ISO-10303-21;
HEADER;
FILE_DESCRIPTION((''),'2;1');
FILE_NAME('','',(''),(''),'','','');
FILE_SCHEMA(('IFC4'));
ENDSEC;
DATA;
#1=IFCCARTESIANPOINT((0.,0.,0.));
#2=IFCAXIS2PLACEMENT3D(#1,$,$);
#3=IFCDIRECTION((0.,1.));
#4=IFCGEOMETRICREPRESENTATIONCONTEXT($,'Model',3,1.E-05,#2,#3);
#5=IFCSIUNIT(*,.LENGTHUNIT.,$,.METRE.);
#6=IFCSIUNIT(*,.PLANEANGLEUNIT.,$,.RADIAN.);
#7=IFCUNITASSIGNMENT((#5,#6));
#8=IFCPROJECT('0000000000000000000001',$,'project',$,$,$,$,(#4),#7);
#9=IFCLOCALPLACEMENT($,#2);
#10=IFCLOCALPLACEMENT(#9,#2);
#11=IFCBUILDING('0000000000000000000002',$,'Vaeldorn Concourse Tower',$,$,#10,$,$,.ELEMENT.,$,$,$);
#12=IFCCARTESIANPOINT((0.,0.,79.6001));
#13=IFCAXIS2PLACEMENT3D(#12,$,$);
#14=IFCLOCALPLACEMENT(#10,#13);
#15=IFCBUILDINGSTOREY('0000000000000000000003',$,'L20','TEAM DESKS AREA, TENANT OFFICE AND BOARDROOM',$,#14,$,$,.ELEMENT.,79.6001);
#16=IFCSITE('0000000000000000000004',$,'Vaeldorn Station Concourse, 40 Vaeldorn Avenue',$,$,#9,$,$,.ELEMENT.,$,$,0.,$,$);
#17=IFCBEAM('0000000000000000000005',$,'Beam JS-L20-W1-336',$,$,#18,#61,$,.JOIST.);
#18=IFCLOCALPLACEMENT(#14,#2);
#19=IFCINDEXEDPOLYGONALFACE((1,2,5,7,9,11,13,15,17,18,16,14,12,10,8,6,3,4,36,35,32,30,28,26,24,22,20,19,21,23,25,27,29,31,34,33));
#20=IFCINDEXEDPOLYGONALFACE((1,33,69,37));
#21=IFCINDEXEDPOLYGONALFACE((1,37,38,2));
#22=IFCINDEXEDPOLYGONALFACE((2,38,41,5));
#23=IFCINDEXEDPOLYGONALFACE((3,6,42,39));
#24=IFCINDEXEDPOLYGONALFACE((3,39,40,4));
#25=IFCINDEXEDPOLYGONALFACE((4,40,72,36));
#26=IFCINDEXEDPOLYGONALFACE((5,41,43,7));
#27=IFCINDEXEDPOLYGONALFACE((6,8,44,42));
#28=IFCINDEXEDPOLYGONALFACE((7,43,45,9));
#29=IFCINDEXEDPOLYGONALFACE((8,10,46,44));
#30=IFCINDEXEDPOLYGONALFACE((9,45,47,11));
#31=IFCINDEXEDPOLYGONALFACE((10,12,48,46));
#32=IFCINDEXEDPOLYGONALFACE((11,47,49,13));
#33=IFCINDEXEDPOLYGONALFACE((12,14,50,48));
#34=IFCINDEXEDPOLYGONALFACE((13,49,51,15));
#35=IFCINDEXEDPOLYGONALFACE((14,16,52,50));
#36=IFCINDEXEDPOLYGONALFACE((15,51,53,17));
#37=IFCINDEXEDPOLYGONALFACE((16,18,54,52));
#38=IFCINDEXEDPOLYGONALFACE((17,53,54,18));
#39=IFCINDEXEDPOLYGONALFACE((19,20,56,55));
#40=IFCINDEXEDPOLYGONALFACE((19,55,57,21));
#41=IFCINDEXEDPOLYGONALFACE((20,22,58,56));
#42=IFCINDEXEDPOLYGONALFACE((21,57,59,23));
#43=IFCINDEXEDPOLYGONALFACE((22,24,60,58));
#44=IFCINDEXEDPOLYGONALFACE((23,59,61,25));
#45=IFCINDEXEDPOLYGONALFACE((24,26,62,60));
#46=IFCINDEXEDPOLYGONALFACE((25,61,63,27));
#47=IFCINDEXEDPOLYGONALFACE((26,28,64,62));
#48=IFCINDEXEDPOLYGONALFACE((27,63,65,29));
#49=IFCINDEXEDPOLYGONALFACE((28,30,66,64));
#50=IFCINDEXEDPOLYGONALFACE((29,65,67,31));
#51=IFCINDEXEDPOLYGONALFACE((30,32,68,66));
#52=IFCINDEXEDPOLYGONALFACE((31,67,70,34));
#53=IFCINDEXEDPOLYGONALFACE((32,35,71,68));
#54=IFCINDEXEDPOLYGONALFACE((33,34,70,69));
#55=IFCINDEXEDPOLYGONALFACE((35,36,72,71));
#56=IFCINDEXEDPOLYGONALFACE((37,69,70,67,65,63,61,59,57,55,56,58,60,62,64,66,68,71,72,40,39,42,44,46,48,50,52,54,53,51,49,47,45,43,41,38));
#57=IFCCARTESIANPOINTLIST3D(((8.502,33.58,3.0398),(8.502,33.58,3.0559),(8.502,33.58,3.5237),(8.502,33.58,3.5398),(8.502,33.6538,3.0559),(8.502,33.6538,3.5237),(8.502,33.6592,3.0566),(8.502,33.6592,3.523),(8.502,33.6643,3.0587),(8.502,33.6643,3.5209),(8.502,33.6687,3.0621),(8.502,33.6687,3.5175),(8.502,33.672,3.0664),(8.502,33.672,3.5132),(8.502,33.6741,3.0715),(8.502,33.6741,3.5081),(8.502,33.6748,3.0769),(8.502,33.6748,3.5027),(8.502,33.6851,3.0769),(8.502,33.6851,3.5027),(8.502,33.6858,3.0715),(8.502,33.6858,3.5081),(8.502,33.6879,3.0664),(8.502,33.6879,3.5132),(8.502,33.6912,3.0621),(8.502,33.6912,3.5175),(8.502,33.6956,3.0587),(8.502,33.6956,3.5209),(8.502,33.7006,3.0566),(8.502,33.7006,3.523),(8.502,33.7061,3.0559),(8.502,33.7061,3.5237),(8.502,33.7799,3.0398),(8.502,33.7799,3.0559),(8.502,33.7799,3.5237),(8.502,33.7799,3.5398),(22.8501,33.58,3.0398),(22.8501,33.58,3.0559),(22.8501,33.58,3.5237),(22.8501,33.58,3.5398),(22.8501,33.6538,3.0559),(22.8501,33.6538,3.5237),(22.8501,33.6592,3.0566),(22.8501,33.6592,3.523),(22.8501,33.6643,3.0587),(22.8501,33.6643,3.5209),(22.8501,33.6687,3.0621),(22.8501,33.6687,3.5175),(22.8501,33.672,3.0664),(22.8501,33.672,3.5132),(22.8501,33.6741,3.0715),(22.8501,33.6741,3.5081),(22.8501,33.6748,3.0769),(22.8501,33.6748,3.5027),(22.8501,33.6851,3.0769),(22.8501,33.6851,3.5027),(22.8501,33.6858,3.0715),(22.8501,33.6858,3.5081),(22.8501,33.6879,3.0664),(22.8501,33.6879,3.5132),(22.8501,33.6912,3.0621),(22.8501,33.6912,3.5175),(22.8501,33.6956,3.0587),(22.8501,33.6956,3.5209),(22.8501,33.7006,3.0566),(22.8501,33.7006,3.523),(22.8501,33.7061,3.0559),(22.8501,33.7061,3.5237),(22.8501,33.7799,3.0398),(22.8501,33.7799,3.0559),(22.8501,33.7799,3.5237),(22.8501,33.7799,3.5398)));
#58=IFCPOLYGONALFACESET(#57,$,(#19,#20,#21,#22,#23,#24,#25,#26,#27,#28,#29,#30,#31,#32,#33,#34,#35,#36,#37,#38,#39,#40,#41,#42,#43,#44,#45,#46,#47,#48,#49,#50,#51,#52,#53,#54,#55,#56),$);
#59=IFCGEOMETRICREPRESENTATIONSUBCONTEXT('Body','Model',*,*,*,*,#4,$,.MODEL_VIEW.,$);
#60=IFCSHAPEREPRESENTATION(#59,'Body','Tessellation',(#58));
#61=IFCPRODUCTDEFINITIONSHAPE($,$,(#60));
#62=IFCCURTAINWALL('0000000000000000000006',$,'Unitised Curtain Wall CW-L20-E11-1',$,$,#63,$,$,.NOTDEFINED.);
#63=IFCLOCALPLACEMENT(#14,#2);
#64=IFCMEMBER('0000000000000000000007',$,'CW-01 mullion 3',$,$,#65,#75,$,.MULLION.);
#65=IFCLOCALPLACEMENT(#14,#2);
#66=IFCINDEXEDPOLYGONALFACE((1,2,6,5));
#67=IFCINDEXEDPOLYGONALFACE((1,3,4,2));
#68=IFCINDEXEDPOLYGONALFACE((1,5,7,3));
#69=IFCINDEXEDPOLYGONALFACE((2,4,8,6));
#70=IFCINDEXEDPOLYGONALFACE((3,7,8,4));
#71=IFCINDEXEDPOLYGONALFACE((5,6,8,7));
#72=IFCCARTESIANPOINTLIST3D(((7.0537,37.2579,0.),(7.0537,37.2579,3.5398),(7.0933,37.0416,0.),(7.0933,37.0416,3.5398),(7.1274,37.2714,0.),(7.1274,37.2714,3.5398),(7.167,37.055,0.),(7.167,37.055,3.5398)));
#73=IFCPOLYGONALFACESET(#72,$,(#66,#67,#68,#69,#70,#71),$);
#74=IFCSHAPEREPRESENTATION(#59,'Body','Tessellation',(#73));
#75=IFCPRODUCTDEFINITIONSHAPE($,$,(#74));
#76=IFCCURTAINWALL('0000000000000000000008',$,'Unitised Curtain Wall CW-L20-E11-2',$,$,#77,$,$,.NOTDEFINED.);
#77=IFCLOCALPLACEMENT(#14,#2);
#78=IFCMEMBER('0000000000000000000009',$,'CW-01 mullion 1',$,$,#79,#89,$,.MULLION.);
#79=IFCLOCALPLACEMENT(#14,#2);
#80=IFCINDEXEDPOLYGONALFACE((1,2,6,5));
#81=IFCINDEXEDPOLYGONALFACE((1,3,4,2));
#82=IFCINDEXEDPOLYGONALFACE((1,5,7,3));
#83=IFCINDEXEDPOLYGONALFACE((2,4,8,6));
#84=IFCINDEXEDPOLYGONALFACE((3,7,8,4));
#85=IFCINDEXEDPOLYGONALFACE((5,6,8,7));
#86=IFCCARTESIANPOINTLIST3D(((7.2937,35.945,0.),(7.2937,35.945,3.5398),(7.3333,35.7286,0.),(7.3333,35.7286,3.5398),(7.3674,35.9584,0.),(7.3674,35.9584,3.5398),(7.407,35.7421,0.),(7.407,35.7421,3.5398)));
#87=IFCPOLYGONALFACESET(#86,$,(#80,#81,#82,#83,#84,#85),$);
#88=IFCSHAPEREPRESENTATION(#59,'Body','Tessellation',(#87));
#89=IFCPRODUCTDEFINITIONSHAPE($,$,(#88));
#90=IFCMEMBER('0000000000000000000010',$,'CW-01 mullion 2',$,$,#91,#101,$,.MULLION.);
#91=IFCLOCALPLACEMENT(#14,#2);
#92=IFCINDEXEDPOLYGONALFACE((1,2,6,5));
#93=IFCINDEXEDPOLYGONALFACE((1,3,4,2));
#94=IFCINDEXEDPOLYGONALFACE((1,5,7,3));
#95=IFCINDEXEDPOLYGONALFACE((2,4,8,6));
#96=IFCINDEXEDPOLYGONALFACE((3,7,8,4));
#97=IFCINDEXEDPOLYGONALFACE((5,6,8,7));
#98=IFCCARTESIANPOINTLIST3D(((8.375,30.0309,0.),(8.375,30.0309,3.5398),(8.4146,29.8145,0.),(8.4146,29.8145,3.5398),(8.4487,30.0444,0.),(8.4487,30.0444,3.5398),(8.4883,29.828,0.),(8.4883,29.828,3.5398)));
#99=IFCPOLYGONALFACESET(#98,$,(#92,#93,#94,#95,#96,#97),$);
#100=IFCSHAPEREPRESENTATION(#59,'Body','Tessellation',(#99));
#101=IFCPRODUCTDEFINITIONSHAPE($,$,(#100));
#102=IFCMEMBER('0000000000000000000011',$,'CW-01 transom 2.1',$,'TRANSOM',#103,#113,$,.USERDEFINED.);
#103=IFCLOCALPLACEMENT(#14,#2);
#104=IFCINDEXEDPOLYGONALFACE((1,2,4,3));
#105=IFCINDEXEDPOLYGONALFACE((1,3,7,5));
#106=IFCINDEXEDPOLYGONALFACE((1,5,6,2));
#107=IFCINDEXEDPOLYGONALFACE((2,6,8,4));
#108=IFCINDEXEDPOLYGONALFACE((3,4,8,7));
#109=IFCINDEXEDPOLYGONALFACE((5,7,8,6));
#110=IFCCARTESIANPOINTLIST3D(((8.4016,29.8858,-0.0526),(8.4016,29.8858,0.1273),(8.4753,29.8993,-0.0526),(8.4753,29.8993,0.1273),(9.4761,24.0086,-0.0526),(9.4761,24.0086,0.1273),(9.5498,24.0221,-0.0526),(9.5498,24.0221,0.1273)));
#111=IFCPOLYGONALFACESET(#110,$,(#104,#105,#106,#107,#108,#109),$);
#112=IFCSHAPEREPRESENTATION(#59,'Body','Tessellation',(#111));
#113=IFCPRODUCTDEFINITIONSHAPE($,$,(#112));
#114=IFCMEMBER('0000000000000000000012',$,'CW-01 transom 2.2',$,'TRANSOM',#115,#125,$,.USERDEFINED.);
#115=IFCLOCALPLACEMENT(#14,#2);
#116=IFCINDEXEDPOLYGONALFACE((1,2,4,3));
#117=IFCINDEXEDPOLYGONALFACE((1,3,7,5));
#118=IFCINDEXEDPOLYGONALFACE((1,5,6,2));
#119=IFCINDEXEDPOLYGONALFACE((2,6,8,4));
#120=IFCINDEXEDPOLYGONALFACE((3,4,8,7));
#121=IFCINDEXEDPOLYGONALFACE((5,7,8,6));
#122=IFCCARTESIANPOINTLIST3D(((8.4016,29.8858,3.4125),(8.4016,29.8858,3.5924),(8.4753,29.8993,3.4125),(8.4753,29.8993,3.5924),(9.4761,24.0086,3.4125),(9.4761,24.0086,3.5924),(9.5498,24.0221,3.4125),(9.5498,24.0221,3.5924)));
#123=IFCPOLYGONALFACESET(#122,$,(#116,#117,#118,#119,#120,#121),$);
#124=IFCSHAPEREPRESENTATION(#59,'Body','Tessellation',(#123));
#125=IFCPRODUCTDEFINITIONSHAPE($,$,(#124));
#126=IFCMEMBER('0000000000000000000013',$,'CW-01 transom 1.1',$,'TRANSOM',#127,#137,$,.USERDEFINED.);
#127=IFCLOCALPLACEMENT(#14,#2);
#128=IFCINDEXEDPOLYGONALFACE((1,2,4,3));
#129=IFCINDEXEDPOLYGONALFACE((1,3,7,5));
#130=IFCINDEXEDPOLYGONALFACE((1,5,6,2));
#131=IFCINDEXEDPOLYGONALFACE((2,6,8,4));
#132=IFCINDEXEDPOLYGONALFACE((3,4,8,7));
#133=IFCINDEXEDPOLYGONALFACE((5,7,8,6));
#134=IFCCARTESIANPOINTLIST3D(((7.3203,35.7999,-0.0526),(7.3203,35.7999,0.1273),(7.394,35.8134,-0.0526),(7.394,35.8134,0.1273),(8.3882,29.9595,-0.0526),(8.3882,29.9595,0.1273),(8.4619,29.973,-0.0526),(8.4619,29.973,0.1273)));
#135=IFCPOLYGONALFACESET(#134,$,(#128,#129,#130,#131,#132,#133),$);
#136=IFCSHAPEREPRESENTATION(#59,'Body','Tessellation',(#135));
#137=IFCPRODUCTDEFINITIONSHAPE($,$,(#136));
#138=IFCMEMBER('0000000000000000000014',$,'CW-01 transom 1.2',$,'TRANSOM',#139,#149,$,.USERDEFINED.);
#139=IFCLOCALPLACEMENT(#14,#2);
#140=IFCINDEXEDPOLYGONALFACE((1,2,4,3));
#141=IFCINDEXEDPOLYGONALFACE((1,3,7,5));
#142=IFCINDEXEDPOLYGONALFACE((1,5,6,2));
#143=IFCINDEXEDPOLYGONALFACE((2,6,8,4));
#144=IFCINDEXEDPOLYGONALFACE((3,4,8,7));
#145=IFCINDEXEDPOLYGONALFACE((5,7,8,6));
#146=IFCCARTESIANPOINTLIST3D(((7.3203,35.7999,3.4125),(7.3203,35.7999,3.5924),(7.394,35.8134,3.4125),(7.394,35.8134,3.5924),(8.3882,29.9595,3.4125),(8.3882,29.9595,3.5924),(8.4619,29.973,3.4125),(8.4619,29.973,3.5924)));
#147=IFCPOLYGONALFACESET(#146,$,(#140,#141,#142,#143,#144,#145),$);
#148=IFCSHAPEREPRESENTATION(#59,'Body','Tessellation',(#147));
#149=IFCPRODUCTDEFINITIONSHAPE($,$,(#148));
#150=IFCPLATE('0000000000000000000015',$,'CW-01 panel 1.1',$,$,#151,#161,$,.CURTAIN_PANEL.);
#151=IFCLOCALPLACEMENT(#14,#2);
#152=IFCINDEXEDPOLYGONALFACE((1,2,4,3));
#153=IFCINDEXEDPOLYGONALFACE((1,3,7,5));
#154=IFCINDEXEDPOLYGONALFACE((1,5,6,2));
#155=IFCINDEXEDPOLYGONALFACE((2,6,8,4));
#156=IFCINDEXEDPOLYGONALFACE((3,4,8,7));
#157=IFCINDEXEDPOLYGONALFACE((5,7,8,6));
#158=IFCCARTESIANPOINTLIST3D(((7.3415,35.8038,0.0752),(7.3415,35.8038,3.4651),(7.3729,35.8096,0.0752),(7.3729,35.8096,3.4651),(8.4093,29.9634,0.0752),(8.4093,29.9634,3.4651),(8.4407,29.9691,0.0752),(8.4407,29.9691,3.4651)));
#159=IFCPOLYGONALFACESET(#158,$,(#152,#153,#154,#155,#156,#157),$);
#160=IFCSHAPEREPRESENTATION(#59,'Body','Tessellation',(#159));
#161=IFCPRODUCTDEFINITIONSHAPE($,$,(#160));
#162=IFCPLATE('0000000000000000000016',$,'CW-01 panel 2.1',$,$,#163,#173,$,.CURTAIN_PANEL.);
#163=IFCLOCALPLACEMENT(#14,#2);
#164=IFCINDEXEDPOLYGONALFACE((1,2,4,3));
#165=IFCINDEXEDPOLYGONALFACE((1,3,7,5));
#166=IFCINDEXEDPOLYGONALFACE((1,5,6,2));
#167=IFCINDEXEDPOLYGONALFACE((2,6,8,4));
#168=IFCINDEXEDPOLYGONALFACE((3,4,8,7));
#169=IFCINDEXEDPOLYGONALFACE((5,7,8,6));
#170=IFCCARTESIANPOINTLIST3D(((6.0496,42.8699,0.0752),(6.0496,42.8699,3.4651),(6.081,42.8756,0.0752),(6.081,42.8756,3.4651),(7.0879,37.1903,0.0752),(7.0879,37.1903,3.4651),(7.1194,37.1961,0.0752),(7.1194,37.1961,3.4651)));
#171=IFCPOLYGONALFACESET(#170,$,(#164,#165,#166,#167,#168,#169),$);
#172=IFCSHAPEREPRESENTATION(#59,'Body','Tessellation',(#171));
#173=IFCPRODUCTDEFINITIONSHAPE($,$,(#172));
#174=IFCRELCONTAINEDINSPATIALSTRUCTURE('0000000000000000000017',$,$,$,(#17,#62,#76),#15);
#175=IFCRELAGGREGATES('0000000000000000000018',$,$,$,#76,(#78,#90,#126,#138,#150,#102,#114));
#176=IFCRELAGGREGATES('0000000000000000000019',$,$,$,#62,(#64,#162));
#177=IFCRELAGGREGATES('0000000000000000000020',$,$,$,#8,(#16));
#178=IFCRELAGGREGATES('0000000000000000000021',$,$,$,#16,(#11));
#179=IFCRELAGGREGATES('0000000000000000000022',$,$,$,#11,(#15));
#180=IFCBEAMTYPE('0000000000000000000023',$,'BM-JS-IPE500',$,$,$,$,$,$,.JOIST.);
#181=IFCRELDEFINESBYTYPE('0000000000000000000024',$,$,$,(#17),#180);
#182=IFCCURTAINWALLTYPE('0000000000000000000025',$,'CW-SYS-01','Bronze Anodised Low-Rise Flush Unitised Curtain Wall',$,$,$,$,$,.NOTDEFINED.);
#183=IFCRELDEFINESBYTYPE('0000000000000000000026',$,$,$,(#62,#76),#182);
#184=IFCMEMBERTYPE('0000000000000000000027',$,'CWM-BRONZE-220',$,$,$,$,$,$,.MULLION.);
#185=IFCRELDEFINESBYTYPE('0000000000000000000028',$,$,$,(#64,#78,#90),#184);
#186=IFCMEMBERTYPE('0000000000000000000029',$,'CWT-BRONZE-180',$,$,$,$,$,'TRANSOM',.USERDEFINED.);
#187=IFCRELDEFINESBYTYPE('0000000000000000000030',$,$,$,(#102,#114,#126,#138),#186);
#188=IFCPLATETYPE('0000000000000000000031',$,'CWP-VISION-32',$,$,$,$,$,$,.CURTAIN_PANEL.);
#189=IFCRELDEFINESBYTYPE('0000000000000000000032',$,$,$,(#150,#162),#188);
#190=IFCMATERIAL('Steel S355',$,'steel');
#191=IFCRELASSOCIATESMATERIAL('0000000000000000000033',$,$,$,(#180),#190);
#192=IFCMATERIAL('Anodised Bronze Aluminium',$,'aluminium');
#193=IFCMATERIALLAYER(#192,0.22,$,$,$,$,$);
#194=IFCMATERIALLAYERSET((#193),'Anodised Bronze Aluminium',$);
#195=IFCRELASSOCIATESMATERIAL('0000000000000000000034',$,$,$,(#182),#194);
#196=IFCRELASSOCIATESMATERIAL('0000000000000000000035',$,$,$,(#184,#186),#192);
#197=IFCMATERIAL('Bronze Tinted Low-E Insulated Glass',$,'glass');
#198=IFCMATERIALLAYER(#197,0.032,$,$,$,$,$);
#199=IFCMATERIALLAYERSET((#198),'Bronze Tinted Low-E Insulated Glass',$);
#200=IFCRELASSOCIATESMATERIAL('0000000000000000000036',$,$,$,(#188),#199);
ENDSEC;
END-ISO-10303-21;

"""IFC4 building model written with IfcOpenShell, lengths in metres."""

from ifc_helpers import new_model, si_unit, direction, frame, origin, origin_2d, place, context, subcontext, project, spatial, rectangle, i_section, extrude, source, transform, mapped, material, layer, layer_set, material_profile, profile_set, type_object, element, aggregate, save


model = new_model("IFC4")

# Units and contexts
model_context = context("Model", 3, precision=1e-05, world=origin(), true_north=direction((0.0, 1.0)))
body_context = subcontext(model_context, "Body", "Model", "MODEL_VIEW")
ifc_project = project(units=[si_unit("LENGTHUNIT", "METRE"), si_unit("PLANEANGLEUNIT", "RADIAN")], contexts=[model_context])

# Site, building, storey
site_placement = place(None, origin())
site = spatial("IfcSite", under=ifc_project, at=site_placement, Name="Vaeldorn Station Concourse, 40 Vaeldorn Avenue", CompositionType="ELEMENT", RefElevation=0.0)
building_placement = place(site_placement, origin())
building = spatial("IfcBuilding", under=site, at=building_placement, Name="Vaeldorn Concourse Tower", CompositionType="ELEMENT")
storey_placement = place(building_placement, frame((0.0, 0.0, 79.6001)))
storey = spatial("IfcBuildingStorey", under=building, at=storey_placement, Name="L20", Description="TEAM DESKS AREA, TENANT OFFICE AND BOARDROOM", CompositionType="ELEMENT", Elevation=79.6001)

# Beam
ifc_material_1 = material(Name="Steel S355", Category="steel")
ifc_material_profile_1 = material_profile(ifc_material_1, i_section(OverallWidth=0.2, OverallDepth=0.5, WebThickness=0.0103, FlangeThickness=0.0161, FilletRadius=0.021, at=origin_2d()), Name="IPE 500")
ifc_profile_set_1 = profile_set([ifc_material_profile_1], Name="Steel S355")
beam_type_1 = type_object("IfcBeamType", Name="BM-JS-IPE500", PredefinedType="JOIST", material=ifc_profile_set_1)
shared_shape_1 = source(origin(), body_context, "Body", "SweptSolid", [
    extrude(i_section(OverallWidth=0.2, OverallDepth=0.5, WebThickness=0.0103, FlangeThickness=0.0161, FilletRadius=0.021, at=origin_2d()), origin(), (0.0, 0.0, 1.0), 14.3481),
])
beam_1_placement = place(storey_placement, frame((8.502, 33.6799, 3.2898), z_axis=(1.0, 0.0, 0.0), x_axis=(0.0, 1.0, 0.0)))
element("IfcBeam", 1, at=beam_1_placement, inside=storey, type_object=beam_type_1, Name="Beam JS-L20-W1-336", PredefinedType="JOIST", context=body_context, shape_type="MappedRepresentation", body=[
    mapped(shared_shape_1, transform((0.0, 0.0, 0.0), scale=1.0)),
])

# Curtain wall, member
ifc_material_2 = material(Name="Anodised Bronze Aluminium", Category="aluminium")
ifc_layer_1 = layer(ifc_material_2, 0.22)
ifc_layer_set_1 = layer_set([ifc_layer_1], Name="Anodised Bronze Aluminium")
curtain_wall_type = type_object("IfcCurtainWallType", Name="CW-SYS-01", Description="Bronze Anodised Low-Rise Flush Unitised Curtain Wall", PredefinedType="NOTDEFINED", material=ifc_layer_set_1)
curtain_wall_1_placement = place(storey_placement, origin())
curtain_wall_1 = element("IfcCurtainWall", 2, at=curtain_wall_1_placement, inside=storey, type_object=curtain_wall_type, Name="Unitised Curtain Wall CW-L20-E11-1", PredefinedType="NOTDEFINED")
ifc_material_profile_2 = material_profile(ifc_material_2, rectangle(XDim=0.075, YDim=0.22, at=origin_2d()), Name="CWM 75x220")
ifc_profile_set_2 = profile_set([ifc_material_profile_2], Name="Anodised Bronze Aluminium")
member_type_1 = type_object("IfcMemberType", Name="CWM-BRONZE-220", PredefinedType="MULLION", material=ifc_profile_set_2)
shared_shape_2 = source(origin(), body_context, "Body", "SweptSolid", [
    extrude(rectangle(XDim=0.075, YDim=0.22, at=origin_2d()), origin(), (0.0, 0.0, 1.0), 3.5398),
])
member_1_placement = place(storey_placement, frame((7.1104, 37.1565, 0.0), z_axis=(0.0, 0.0, 1.0), x_axis=(0.983695, 0.179844, 0.0)))
member_1 = element("IfcMember", 3, at=member_1_placement, type_object=member_type_1, Name="CW-01 mullion 3", PredefinedType="MULLION", context=body_context, shape_type="MappedRepresentation", body=[
    mapped(shared_shape_2, transform((0.0, 0.0, 0.0), scale=1.0)),
])

# Curtain wall, members, plate
curtain_wall_2_placement = place(storey_placement, origin())
curtain_wall_2 = element("IfcCurtainWall", 4, at=curtain_wall_2_placement, inside=storey, type_object=curtain_wall_type, Name="Unitised Curtain Wall CW-L20-E11-2", PredefinedType="NOTDEFINED")
member_2_placement = place(storey_placement, frame((7.3503, 35.8435, 0.0), z_axis=(0.0, 0.0, 1.0), x_axis=(0.983695, 0.179847, 0.0)))
member_2 = element("IfcMember", 5, at=member_2_placement, type_object=member_type_1, Name="CW-01 mullion 1", PredefinedType="MULLION", context=body_context, shape_type="MappedRepresentation", body=[
    mapped(shared_shape_2, transform((0.0, 0.0, 0.0), scale=1.0)),
])
member_3_placement = place(storey_placement, frame((8.4316, 29.9294, 0.0), z_axis=(0.0, 0.0, 1.0), x_axis=(0.983695, 0.179847, 0.0)))
member_3 = element("IfcMember", 6, at=member_3_placement, type_object=member_type_1, Name="CW-01 mullion 2", PredefinedType="MULLION", context=body_context, shape_type="MappedRepresentation", body=[
    mapped(shared_shape_2, transform((0.0, 0.0, 0.0), scale=1.0)),
])
ifc_material_profile_3 = material_profile(ifc_material_2, rectangle(XDim=0.075, YDim=0.1799, at=origin_2d()), Name="CWT 75x180")
ifc_profile_set_3 = profile_set([ifc_material_profile_3], Name="Anodised Bronze Aluminium")
member_type_2 = type_object("IfcMemberType", Name="CWT-BRONZE-180", ElementType="TRANSOM", PredefinedType="USERDEFINED", material=ifc_profile_set_3)
shared_shape_3 = source(origin(), body_context, "Body", "SweptSolid", [
    extrude(rectangle(XDim=0.075, YDim=0.1799, at=origin_2d()), origin(), (0.0, 0.0, 1.0), 5.9746),
])
member_4_placement = place(storey_placement, frame((8.4385, 29.8926, 0.0374), z_axis=(0.179838, -0.983696, 0.0), x_axis=(0.983696, 0.179838, 0.0)))
member_4 = element("IfcMember", 7, at=member_4_placement, type_object=member_type_2, Name="CW-01 transom 2.1", ObjectType="TRANSOM", PredefinedType="USERDEFINED", context=body_context, shape_type="MappedRepresentation", body=[
    mapped(shared_shape_3, transform((0.0, 0.0, 0.0), scale=1.0)),
])
member_5_placement = place(storey_placement, frame((8.4385, 29.8926, 3.5024), z_axis=(0.179838, -0.983696, 0.0), x_axis=(0.983696, 0.179838, 0.0)))
member_5 = element("IfcMember", 8, at=member_5_placement, type_object=member_type_2, Name="CW-01 transom 2.2", ObjectType="TRANSOM", PredefinedType="USERDEFINED", context=body_context, shape_type="MappedRepresentation", body=[
    mapped(shared_shape_3, transform((0.0, 0.0, 0.0), scale=1.0)),
])
shared_shape_4 = source(origin(), body_context, "Body", "SweptSolid", [
    extrude(rectangle(XDim=0.075, YDim=0.1799, at=origin_2d()), origin(), (0.0, 0.0, 1.0), 5.9373),
])
member_6_placement = place(storey_placement, frame((7.3572, 35.8066, 0.0374), z_axis=(0.179862, -0.983692, 0.0), x_axis=(0.983692, 0.179862, 0.0)))
member_6 = element("IfcMember", 9, at=member_6_placement, type_object=member_type_2, Name="CW-01 transom 1.1", ObjectType="TRANSOM", PredefinedType="USERDEFINED", context=body_context, shape_type="MappedRepresentation", body=[
    mapped(shared_shape_4, transform((0.0, 0.0, 0.0), scale=1.0)),
])
member_7_placement = place(storey_placement, frame((7.3572, 35.8066, 3.5024), z_axis=(0.179862, -0.983692, 0.0), x_axis=(0.983692, 0.179862, 0.0)))
member_7 = element("IfcMember", 10, at=member_7_placement, type_object=member_type_2, Name="CW-01 transom 1.2", ObjectType="TRANSOM", PredefinedType="USERDEFINED", context=body_context, shape_type="MappedRepresentation", body=[
    mapped(shared_shape_4, transform((0.0, 0.0, 0.0), scale=1.0)),
])
ifc_material_3 = material(Name="Bronze Tinted Low-E Insulated Glass", Category="glass")
ifc_layer_2 = layer(ifc_material_3, 0.032)
ifc_layer_set_2 = layer_set([ifc_layer_2], Name="Bronze Tinted Low-E Insulated Glass")
plate_type = type_object("IfcPlateType", Name="CWP-VISION-32", PredefinedType="CURTAIN_PANEL", material=ifc_layer_set_2)
shared_shape_5 = source(origin(), body_context, "Body", "SweptSolid", [
    extrude(rectangle(XDim=5.9373, YDim=0.032, at=origin_2d()), origin(), (0.0, 0.0, 1.0), 3.3899),
])
plate_1_placement = place(storey_placement, frame((7.8911, 32.8865, 0.0752), z_axis=(0.0, 0.0, 1.0), x_axis=(0.179847, -0.983695, 0.0)))
plate_1 = element("IfcPlate", 11, at=plate_1_placement, type_object=plate_type, Name="CW-01 panel 1.1", PredefinedType="CURTAIN_PANEL", context=body_context, shape_type="MappedRepresentation", body=[
    mapped(shared_shape_5, transform((0.0, 0.0, 0.0), scale=1.0)),
])
aggregate(curtain_wall_2, [member_2, member_3, member_6, member_7, plate_1, member_4, member_5])

# Plate
shared_shape_6 = source(origin(), body_context, "Body", "SweptSolid", [
    extrude(rectangle(XDim=5.7737, YDim=0.032, at=origin_2d()), origin(), (0.0, 0.0, 1.0), 3.3899),
])
plate_2_placement = place(storey_placement, frame((6.5845, 40.033, 0.0752), z_axis=(0.0, 0.0, 1.0), x_axis=(0.179844, -0.983695, 0.0)))
plate_2 = element("IfcPlate", 12, at=plate_2_placement, type_object=plate_type, Name="CW-01 panel 2.1", PredefinedType="CURTAIN_PANEL", context=body_context, shape_type="MappedRepresentation", body=[
    mapped(shared_shape_6, transform((0.0, 0.0, 0.0), scale=1.0)),
])
aggregate(curtain_wall_1, [member_1, plate_2])

save(model, "model.ifc")
